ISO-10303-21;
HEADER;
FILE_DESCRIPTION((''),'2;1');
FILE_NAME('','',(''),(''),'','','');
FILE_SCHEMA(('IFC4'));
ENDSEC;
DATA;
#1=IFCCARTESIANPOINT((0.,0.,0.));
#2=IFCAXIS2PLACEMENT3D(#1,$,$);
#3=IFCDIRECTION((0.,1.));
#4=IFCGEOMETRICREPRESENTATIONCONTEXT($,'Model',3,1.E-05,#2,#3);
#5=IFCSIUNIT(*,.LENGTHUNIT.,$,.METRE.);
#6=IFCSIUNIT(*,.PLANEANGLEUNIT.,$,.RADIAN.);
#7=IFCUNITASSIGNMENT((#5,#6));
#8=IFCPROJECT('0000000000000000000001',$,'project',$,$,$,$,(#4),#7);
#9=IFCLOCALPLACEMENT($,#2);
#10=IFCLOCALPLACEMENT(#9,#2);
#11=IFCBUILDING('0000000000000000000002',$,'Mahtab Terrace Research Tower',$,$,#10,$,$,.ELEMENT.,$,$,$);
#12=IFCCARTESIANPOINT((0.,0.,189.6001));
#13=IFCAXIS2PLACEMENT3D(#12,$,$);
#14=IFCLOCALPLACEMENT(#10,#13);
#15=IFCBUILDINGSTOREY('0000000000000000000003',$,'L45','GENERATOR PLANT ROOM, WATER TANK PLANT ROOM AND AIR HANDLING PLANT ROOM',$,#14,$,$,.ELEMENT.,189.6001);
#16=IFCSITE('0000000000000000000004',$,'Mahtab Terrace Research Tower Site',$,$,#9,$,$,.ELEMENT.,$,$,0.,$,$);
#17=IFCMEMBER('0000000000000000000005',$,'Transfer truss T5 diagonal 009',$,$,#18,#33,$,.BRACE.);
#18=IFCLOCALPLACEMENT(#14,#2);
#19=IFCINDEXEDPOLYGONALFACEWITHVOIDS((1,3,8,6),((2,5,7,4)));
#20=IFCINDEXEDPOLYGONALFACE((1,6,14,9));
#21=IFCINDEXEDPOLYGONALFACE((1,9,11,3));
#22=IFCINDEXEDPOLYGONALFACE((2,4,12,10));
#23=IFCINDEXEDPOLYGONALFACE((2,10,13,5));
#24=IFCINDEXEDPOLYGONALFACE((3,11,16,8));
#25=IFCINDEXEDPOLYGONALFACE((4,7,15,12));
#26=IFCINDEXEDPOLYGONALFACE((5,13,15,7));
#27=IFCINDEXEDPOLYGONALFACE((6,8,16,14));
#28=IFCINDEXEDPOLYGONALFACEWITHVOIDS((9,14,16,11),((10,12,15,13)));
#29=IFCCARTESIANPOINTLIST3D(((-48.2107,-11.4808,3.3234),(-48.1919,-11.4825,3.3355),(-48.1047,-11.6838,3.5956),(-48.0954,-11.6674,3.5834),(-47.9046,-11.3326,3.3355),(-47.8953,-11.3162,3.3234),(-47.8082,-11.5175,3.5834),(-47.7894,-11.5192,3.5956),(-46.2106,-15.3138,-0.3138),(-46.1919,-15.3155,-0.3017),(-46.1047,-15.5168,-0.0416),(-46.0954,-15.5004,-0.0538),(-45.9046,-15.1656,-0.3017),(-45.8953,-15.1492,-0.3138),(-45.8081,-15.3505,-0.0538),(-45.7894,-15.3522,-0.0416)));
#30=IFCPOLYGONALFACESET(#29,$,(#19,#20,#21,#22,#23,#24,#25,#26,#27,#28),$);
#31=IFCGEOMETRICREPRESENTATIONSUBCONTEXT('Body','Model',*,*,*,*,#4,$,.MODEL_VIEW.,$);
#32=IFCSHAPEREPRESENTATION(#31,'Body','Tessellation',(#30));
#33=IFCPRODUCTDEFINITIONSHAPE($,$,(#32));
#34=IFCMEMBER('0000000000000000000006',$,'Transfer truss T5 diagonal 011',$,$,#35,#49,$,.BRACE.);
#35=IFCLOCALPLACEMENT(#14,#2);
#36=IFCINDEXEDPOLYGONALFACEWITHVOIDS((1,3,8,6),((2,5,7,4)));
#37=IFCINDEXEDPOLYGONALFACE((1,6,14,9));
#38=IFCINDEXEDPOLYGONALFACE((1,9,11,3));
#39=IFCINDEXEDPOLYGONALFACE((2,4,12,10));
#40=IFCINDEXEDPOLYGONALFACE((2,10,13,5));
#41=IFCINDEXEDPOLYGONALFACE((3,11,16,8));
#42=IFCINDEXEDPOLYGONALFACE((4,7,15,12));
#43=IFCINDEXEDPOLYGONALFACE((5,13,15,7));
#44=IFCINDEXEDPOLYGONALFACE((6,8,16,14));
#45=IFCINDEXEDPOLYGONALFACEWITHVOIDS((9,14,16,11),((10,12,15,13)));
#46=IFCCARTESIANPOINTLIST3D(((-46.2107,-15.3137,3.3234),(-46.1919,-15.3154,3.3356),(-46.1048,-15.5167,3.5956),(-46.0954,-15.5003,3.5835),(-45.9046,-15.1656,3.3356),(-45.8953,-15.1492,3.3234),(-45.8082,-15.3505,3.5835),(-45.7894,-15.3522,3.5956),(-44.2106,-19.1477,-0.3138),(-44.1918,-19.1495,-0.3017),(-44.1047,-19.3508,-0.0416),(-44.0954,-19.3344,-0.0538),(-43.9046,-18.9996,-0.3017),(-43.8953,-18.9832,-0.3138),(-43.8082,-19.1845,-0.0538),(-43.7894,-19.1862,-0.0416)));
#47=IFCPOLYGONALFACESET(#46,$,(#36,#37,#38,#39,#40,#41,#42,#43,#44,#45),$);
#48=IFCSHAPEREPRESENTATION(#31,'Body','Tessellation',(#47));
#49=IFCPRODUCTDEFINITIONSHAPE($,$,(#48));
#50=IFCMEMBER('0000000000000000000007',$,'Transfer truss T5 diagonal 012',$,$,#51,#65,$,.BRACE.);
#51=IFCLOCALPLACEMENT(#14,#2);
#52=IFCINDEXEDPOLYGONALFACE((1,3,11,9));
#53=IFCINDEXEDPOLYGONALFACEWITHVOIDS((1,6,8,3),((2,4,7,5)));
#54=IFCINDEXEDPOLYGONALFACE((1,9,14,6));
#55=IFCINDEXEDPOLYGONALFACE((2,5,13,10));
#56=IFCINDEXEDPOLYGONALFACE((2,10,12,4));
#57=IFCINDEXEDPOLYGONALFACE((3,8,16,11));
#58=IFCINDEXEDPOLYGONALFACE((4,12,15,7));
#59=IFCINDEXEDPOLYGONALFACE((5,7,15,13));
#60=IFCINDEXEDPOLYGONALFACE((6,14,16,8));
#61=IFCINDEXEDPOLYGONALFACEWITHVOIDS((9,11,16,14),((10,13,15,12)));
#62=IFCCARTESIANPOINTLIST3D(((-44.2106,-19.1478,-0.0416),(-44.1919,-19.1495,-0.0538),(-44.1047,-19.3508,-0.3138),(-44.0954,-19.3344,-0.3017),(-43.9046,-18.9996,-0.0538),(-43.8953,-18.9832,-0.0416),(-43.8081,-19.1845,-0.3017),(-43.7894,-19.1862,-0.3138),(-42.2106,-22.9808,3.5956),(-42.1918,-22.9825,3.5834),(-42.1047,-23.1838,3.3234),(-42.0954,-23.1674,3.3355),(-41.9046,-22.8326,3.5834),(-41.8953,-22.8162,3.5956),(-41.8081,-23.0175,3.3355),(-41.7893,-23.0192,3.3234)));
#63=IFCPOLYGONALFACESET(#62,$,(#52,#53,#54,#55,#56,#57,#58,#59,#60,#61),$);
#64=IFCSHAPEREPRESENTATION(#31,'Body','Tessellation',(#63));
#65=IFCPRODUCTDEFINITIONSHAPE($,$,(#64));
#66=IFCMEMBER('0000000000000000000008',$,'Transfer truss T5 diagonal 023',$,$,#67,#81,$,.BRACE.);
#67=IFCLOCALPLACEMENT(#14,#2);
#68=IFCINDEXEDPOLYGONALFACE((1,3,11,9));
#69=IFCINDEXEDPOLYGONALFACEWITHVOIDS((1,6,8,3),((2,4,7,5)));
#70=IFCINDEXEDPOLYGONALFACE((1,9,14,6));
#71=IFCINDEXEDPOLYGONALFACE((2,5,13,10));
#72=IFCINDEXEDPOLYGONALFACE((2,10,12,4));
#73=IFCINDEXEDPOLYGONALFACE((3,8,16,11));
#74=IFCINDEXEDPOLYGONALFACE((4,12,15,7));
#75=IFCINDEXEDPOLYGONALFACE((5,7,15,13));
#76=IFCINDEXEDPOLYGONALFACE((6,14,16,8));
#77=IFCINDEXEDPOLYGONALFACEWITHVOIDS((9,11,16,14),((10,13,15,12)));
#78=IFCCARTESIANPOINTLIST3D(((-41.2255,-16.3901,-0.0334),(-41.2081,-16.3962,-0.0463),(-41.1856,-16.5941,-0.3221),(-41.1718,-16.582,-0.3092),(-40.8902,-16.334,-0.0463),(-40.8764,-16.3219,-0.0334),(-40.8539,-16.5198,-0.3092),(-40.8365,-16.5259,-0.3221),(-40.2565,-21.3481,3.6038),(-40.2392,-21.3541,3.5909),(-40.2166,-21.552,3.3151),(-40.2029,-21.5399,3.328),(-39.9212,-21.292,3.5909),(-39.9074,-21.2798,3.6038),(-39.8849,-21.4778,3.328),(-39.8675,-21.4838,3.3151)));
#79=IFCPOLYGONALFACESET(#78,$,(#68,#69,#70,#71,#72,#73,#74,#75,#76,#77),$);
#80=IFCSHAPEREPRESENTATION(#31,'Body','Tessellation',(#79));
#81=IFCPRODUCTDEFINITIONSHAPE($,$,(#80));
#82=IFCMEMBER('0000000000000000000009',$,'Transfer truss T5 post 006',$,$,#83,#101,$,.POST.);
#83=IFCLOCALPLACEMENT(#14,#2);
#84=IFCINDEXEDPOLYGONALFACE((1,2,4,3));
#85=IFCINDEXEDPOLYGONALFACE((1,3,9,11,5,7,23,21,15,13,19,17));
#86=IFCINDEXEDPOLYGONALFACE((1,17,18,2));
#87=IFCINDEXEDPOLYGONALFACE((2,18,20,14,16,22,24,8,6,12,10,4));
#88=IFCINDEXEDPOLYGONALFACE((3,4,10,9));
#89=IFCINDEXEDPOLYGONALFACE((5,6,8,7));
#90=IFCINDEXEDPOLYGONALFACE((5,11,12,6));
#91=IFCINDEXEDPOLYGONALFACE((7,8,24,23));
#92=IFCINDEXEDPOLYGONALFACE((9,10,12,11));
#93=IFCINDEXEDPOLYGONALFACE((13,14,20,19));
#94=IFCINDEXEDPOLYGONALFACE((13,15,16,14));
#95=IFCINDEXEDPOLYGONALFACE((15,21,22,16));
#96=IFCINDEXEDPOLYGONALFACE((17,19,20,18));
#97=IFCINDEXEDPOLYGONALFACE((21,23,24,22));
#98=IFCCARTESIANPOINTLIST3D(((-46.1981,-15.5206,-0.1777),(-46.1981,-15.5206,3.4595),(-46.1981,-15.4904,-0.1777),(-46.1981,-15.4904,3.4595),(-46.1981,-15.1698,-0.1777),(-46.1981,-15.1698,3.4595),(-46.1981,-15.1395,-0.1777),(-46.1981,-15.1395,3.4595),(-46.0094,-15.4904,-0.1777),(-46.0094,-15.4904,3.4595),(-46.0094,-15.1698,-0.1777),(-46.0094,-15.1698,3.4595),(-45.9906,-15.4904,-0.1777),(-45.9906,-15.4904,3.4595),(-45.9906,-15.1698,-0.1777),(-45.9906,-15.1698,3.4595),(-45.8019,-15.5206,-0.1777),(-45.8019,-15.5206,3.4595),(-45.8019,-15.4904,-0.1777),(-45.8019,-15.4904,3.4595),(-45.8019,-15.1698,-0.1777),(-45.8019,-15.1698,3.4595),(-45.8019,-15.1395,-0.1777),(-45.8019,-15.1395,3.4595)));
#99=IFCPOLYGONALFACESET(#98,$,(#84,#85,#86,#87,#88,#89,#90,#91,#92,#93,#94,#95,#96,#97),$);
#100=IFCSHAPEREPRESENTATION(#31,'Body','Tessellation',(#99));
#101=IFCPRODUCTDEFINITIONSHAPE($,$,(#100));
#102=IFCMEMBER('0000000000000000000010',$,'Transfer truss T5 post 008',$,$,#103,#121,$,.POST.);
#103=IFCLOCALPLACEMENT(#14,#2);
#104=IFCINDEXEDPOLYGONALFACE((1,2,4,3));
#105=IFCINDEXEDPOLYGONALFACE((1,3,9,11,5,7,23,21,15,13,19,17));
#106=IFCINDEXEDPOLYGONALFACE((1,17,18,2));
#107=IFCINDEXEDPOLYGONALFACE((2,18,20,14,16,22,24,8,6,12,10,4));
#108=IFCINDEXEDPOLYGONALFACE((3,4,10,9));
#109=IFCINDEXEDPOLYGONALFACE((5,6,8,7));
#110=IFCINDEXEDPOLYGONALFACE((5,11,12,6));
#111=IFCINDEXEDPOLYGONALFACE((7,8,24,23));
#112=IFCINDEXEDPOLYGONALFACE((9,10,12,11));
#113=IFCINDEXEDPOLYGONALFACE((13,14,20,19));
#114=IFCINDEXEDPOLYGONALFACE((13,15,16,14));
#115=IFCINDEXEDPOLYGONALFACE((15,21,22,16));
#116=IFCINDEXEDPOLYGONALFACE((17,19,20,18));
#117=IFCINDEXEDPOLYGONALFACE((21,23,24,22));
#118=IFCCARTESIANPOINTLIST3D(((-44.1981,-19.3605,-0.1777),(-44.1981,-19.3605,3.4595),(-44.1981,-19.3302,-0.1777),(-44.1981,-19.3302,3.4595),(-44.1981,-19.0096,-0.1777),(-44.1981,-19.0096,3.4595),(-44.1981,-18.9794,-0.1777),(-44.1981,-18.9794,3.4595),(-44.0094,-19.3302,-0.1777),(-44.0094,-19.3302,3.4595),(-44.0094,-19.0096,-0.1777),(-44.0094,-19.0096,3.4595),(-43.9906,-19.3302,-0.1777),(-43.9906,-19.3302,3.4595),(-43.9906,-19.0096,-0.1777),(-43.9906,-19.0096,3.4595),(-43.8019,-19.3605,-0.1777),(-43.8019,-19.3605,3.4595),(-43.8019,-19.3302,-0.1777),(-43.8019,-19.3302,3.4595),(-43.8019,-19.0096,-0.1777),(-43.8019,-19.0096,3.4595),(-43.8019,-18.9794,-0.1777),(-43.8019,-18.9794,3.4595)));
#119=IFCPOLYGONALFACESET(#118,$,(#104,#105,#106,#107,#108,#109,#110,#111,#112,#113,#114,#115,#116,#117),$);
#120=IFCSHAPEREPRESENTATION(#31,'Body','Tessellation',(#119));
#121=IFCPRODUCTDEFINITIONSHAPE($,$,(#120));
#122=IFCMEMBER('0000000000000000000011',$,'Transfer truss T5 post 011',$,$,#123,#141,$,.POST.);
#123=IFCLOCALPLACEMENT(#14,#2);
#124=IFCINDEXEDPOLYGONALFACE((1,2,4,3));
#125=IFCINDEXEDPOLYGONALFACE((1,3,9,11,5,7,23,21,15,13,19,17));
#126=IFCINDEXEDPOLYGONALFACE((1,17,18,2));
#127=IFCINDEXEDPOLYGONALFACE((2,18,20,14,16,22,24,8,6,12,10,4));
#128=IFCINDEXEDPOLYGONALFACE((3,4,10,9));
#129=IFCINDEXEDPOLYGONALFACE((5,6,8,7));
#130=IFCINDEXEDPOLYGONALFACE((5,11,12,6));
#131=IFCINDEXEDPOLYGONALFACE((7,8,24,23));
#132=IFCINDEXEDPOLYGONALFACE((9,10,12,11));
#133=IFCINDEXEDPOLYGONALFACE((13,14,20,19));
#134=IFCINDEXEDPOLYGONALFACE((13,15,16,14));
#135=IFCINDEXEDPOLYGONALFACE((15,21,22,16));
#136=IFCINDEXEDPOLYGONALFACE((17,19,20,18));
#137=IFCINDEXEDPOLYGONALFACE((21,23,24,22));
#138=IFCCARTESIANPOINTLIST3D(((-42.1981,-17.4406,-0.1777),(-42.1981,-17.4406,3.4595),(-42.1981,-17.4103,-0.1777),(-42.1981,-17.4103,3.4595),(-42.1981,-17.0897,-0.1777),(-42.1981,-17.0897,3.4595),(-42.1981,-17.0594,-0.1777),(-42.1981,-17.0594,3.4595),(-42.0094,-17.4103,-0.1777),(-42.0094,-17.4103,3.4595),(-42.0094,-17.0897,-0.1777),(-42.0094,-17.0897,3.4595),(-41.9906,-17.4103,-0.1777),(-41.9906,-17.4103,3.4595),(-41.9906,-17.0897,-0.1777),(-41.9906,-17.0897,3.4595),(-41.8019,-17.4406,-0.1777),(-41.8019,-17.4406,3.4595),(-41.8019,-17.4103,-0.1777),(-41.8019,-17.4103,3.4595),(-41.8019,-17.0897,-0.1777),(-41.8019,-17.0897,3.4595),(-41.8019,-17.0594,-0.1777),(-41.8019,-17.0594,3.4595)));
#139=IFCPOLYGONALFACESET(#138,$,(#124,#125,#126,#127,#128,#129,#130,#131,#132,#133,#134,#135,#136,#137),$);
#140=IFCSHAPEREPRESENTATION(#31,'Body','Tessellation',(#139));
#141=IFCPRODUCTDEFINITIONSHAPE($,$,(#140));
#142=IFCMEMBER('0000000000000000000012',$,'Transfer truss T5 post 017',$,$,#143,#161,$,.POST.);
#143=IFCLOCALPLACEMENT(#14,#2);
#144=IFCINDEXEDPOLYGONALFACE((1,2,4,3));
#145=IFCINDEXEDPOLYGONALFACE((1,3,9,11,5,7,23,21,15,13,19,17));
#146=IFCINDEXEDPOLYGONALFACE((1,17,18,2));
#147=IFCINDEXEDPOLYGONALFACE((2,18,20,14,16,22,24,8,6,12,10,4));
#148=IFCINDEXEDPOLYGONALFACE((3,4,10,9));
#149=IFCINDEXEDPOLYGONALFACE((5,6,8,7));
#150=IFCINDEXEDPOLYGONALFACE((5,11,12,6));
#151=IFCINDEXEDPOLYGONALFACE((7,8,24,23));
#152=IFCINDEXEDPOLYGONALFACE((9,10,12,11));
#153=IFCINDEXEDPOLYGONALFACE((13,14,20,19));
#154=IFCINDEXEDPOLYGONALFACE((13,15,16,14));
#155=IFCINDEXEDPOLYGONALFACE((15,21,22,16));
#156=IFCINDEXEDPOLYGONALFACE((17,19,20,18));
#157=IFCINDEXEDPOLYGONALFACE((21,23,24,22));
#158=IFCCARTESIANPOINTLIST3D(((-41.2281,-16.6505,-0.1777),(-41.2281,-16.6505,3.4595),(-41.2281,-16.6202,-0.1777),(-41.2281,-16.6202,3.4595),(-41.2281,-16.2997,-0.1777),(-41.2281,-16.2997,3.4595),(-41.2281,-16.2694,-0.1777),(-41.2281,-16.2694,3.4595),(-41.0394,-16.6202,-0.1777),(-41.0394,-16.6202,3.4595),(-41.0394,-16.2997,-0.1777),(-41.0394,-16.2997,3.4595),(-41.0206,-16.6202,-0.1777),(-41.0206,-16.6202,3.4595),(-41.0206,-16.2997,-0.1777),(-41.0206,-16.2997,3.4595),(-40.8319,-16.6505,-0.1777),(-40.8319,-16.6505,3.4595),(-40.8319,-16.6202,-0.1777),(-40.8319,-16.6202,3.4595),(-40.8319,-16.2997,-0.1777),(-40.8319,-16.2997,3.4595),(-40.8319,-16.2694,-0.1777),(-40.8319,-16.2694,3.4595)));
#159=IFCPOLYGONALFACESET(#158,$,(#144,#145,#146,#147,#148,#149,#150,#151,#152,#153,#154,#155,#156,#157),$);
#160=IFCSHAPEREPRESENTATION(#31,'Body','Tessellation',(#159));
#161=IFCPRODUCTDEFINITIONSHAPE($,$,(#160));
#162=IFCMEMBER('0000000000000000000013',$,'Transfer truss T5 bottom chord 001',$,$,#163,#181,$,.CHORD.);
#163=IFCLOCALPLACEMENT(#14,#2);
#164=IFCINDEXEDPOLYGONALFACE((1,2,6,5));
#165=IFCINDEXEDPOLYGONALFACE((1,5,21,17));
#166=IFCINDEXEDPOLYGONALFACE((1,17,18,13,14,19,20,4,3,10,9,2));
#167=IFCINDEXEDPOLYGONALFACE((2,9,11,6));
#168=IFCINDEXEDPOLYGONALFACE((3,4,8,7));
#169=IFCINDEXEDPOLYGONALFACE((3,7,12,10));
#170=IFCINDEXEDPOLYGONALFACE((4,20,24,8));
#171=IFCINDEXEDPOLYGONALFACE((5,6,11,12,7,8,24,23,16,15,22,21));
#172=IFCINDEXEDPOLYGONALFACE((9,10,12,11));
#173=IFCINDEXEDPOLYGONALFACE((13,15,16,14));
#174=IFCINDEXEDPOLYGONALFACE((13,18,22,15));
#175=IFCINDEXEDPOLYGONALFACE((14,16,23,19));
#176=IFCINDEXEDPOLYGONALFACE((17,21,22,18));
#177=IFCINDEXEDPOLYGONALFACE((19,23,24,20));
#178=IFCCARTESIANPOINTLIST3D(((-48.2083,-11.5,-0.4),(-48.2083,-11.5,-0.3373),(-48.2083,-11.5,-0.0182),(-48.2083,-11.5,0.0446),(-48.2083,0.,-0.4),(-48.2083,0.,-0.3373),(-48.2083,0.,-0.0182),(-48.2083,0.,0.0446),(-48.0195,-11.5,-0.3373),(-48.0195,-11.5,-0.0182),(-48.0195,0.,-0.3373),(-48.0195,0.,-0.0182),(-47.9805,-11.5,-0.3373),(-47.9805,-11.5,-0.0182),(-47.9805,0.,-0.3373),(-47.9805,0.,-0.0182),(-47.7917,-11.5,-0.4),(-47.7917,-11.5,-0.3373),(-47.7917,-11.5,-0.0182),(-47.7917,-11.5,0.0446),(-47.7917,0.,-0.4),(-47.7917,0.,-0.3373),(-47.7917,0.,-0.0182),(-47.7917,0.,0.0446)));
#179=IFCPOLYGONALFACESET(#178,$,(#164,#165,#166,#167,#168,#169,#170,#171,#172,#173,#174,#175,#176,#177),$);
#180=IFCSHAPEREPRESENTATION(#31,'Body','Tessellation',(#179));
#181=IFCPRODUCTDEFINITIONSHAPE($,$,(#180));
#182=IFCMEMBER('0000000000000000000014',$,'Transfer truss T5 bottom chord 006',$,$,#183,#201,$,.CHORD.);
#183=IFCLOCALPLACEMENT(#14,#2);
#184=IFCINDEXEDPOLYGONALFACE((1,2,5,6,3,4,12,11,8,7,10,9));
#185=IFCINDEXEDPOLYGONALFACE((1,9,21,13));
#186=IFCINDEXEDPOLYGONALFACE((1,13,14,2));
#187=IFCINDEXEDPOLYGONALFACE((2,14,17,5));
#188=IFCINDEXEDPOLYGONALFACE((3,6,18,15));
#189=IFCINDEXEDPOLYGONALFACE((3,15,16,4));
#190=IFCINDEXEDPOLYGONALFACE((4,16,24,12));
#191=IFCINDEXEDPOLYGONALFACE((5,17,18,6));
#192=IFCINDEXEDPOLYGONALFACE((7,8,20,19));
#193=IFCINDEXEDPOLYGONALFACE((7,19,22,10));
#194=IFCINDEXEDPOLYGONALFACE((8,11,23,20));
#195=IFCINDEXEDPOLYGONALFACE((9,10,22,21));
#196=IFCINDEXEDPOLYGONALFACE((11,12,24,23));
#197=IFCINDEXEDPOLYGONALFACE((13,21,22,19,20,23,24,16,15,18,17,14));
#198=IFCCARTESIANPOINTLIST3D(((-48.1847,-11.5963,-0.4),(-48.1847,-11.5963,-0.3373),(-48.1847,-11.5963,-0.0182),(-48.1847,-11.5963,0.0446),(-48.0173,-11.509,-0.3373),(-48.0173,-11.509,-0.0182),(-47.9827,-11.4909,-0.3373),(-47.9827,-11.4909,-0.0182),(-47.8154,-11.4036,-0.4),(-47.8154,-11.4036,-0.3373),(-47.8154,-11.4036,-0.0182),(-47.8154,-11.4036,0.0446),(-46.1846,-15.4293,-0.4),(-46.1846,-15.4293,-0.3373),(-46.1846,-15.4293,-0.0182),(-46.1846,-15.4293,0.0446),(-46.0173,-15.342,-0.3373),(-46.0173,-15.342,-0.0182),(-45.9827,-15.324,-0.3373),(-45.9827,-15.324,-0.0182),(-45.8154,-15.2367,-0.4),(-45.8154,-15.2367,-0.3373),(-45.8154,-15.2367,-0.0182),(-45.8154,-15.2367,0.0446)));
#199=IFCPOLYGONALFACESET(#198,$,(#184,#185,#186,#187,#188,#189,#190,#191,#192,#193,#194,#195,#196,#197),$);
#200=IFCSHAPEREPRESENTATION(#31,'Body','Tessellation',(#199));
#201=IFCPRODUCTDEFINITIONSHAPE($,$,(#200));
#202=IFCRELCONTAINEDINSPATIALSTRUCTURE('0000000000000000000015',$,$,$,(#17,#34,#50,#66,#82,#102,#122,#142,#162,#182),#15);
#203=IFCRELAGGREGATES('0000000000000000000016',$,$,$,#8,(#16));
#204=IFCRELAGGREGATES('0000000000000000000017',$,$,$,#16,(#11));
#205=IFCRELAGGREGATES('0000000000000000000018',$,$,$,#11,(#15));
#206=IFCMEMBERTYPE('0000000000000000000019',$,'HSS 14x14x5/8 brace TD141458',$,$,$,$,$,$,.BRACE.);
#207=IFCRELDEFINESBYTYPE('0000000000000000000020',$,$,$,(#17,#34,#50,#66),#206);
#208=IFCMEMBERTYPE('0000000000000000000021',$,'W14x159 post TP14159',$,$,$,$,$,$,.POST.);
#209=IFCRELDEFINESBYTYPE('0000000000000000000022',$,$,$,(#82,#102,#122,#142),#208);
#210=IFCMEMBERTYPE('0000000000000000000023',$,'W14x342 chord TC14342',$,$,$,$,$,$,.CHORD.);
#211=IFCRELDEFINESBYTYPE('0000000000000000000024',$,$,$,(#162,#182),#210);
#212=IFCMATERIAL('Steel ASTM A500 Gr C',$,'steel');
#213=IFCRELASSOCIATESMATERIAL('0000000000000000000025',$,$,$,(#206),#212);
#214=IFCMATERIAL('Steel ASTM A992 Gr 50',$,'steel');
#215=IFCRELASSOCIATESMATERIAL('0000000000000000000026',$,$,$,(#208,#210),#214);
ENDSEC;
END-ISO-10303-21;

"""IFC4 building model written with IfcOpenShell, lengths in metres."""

from ifc_helpers import new_model, si_unit, direction, frame, origin, origin_2d, place, context, subcontext, project, spatial, hollow_rectangle, i_section, extrude, material, material_profile, profile_set, type_object, element, save


model = new_model("IFC4")

# Units and contexts
model_context = context("Model", 3, precision=1e-05, world=origin(), true_north=direction((0.0, 1.0)))
body_context = subcontext(model_context, "Body", "Model", "MODEL_VIEW")
ifc_project = project(units=[si_unit("LENGTHUNIT", "METRE"), si_unit("PLANEANGLEUNIT", "RADIAN")], contexts=[model_context])

# Site, building, storey
site_placement = place(None, origin())
site = spatial("IfcSite", under=ifc_project, at=site_placement, Name="Mahtab Terrace Research Tower Site", CompositionType="ELEMENT", RefElevation=0.0)
building_placement = place(site_placement, origin())
building = spatial("IfcBuilding", under=site, at=building_placement, Name="Mahtab Terrace Research Tower", CompositionType="ELEMENT")
storey_placement = place(building_placement, frame((0.0, 0.0, 189.6001)))
storey = spatial("IfcBuildingStorey", under=building, at=storey_placement, Name="L45", Description="GENERATOR PLANT ROOM, WATER TANK PLANT ROOM AND AIR HANDLING PLANT ROOM", CompositionType="ELEMENT", Elevation=189.6001)

# Members
ifc_material_1 = material(Name="Steel ASTM A500 Gr C", Category="steel")
ifc_material_profile_1 = material_profile(ifc_material_1, hollow_rectangle(XDim=0.3557, YDim=0.3557, WallThickness=0.0159, at=origin_2d()), Name="HSS14X14X5/8")
ifc_profile_set_1 = profile_set([ifc_material_profile_1], Name="Steel ASTM A500 Gr C")
member_type_1 = type_object("IfcMemberType", Name="HSS 14x14x5/8 brace TD141458", PredefinedType="BRACE", material=ifc_profile_set_1)
member_1_placement = place(storey_placement, frame((-46.0, -15.333, -0.1777), z_axis=(-0.353989, 0.678422, 0.643766), x_axis=(-0.886569, -0.462597, 0.0)))
element("IfcMember", 1, at=member_1_placement, inside=storey, type_object=member_type_1, Name="Transfer truss T5 diagonal 009", PredefinedType="BRACE", context=body_context, shape_type="SweptSolid", body=[
    extrude(hollow_rectangle(XDim=0.3557, YDim=0.3557, WallThickness=0.0159, at=origin_2d()), origin(), (0.0, 0.0, 1.0), 5.6499),
])
member_2_placement = place(storey_placement, frame((-44.0, -19.167, -0.1777), z_axis=(-0.353948, 0.678515, 0.643691), x_axis=(-0.886617, -0.462504, 0.0)))
element("IfcMember", 2, at=member_2_placement, inside=storey, type_object=member_type_1, Name="Transfer truss T5 diagonal 011", PredefinedType="BRACE", context=body_context, shape_type="SweptSolid", body=[
    extrude(hollow_rectangle(XDim=0.3557, YDim=0.3557, WallThickness=0.0159, at=origin_2d()), origin(), (0.0, 0.0, 1.0), 5.6506),
])
member_3_placement = place(storey_placement, frame((-44.0, -19.167, -0.1777), z_axis=(0.353989, -0.678422, 0.643766), x_axis=(0.886569, 0.462597, 0.0)))
element("IfcMember", 3, at=member_3_placement, inside=storey, type_object=member_type_1, Name="Transfer truss T5 diagonal 012", PredefinedType="BRACE", context=body_context, shape_type="SweptSolid", body=[
    extrude(hollow_rectangle(XDim=0.3557, YDim=0.3557, WallThickness=0.0159, at=origin_2d()), origin(), (0.0, 0.0, 1.0), 5.6499),
])
member_4_placement = place(storey_placement, frame((-41.031, -16.458, -0.1777), z_axis=(0.155663, -0.796473, 0.584294), x_axis=(0.981432, 0.191811, 0.0)))
element("IfcMember", 4, at=member_4_placement, inside=storey, type_object=member_type_1, Name="Transfer truss T5 diagonal 023", PredefinedType="BRACE", context=body_context, shape_type="SweptSolid", body=[
    extrude(hollow_rectangle(XDim=0.3557, YDim=0.3557, WallThickness=0.0159, at=origin_2d()), origin(), (0.0, 0.0, 1.0), 6.2249),
])
ifc_material_2 = material(Name="Steel ASTM A992 Gr 50", Category="steel")
ifc_material_profile_2 = material_profile(ifc_material_2, i_section(OverallWidth=0.3962, OverallDepth=0.3811, WebThickness=0.0188, FlangeThickness=0.0303, at=origin_2d()), Name="W14X159")
ifc_profile_set_2 = profile_set([ifc_material_profile_2], Name="Steel ASTM A992 Gr 50")
member_type_2 = type_object("IfcMemberType", Name="W14x159 post TP14159", PredefinedType="POST", material=ifc_profile_set_2)
for number, where, z_axis, x_axis, name in (
    (5, (-46.0, -15.3301, -0.1777), (0.0, 0.0, 1.0), (1.0, 0.0, 0.0), "Transfer truss T5 post 006"),
    (6, (-44.0, -19.1699, -0.1777), (0.0, 0.0, 1.0), (1.0, 0.0, 0.0), "Transfer truss T5 post 008"),
    (7, (-42.0, -17.25, -0.1777), (0.0, 0.0, 1.0), (1.0, 0.0, 0.0), "Transfer truss T5 post 011"),
    (8, (-41.03, -16.46, -0.1777), (0.0, 0.0, 1.0), (1.0, 0.0, 0.0), "Transfer truss T5 post 017"),
):
    element("IfcMember", number, at=place(storey_placement, frame(where, z_axis=z_axis, x_axis=x_axis)), inside=storey, type_object=member_type_2, Name=name, PredefinedType="POST", context=body_context, shape_type="SweptSolid", body=[
        extrude(i_section(OverallWidth=0.3962, OverallDepth=0.3811, WebThickness=0.0188, FlangeThickness=0.0303, at=origin_2d()), origin(), (0.0, 0.0, 1.0), 3.6372),
    ])
ifc_material_profile_3 = material_profile(ifc_material_2, i_section(OverallWidth=0.4165, OverallDepth=0.4446, WebThickness=0.0391, FlangeThickness=0.0627, at=origin_2d()), Name="W14X342")
ifc_profile_set_3 = profile_set([ifc_material_profile_3], Name="Steel ASTM A992 Gr 50")
member_type_3 = type_object("IfcMemberType", Name="W14x342 chord TC14342", PredefinedType="CHORD", material=ifc_profile_set_3)
member_5_placement = place(storey_placement, frame((-48.0, -11.5, -0.1777), z_axis=(0.0, 1.0, 0.0), x_axis=(-1.0, 0.0, 0.0)))
element("IfcMember", 9, at=member_5_placement, inside=storey, type_object=member_type_3, Name="Transfer truss T5 bottom chord 001", PredefinedType="CHORD", context=body_context, shape_type="SweptSolid", body=[
    extrude(i_section(OverallWidth=0.4165, OverallDepth=0.4446, WebThickness=0.0391, FlangeThickness=0.0627, at=origin_2d()), origin(), (0.0, 0.0, 1.0), 11.5),
])
member_6_placement = place(storey_placement, frame((-46.0, -15.333, -0.1777), z_axis=(-0.462597, 0.886569, 0.0), x_axis=(-0.886569, -0.462597, 0.0)))
element("IfcMember", 10, at=member_6_placement, inside=storey, type_object=member_type_3, Name="Transfer truss T5 bottom chord 006", PredefinedType="CHORD", context=body_context, shape_type="SweptSolid", body=[
    extrude(i_section(OverallWidth=0.4165, OverallDepth=0.4446, WebThickness=0.0391, FlangeThickness=0.0627, at=origin_2d()), origin(), (0.0, 0.0, 1.0), 4.3235),
])

save(model, "model.ifc")
